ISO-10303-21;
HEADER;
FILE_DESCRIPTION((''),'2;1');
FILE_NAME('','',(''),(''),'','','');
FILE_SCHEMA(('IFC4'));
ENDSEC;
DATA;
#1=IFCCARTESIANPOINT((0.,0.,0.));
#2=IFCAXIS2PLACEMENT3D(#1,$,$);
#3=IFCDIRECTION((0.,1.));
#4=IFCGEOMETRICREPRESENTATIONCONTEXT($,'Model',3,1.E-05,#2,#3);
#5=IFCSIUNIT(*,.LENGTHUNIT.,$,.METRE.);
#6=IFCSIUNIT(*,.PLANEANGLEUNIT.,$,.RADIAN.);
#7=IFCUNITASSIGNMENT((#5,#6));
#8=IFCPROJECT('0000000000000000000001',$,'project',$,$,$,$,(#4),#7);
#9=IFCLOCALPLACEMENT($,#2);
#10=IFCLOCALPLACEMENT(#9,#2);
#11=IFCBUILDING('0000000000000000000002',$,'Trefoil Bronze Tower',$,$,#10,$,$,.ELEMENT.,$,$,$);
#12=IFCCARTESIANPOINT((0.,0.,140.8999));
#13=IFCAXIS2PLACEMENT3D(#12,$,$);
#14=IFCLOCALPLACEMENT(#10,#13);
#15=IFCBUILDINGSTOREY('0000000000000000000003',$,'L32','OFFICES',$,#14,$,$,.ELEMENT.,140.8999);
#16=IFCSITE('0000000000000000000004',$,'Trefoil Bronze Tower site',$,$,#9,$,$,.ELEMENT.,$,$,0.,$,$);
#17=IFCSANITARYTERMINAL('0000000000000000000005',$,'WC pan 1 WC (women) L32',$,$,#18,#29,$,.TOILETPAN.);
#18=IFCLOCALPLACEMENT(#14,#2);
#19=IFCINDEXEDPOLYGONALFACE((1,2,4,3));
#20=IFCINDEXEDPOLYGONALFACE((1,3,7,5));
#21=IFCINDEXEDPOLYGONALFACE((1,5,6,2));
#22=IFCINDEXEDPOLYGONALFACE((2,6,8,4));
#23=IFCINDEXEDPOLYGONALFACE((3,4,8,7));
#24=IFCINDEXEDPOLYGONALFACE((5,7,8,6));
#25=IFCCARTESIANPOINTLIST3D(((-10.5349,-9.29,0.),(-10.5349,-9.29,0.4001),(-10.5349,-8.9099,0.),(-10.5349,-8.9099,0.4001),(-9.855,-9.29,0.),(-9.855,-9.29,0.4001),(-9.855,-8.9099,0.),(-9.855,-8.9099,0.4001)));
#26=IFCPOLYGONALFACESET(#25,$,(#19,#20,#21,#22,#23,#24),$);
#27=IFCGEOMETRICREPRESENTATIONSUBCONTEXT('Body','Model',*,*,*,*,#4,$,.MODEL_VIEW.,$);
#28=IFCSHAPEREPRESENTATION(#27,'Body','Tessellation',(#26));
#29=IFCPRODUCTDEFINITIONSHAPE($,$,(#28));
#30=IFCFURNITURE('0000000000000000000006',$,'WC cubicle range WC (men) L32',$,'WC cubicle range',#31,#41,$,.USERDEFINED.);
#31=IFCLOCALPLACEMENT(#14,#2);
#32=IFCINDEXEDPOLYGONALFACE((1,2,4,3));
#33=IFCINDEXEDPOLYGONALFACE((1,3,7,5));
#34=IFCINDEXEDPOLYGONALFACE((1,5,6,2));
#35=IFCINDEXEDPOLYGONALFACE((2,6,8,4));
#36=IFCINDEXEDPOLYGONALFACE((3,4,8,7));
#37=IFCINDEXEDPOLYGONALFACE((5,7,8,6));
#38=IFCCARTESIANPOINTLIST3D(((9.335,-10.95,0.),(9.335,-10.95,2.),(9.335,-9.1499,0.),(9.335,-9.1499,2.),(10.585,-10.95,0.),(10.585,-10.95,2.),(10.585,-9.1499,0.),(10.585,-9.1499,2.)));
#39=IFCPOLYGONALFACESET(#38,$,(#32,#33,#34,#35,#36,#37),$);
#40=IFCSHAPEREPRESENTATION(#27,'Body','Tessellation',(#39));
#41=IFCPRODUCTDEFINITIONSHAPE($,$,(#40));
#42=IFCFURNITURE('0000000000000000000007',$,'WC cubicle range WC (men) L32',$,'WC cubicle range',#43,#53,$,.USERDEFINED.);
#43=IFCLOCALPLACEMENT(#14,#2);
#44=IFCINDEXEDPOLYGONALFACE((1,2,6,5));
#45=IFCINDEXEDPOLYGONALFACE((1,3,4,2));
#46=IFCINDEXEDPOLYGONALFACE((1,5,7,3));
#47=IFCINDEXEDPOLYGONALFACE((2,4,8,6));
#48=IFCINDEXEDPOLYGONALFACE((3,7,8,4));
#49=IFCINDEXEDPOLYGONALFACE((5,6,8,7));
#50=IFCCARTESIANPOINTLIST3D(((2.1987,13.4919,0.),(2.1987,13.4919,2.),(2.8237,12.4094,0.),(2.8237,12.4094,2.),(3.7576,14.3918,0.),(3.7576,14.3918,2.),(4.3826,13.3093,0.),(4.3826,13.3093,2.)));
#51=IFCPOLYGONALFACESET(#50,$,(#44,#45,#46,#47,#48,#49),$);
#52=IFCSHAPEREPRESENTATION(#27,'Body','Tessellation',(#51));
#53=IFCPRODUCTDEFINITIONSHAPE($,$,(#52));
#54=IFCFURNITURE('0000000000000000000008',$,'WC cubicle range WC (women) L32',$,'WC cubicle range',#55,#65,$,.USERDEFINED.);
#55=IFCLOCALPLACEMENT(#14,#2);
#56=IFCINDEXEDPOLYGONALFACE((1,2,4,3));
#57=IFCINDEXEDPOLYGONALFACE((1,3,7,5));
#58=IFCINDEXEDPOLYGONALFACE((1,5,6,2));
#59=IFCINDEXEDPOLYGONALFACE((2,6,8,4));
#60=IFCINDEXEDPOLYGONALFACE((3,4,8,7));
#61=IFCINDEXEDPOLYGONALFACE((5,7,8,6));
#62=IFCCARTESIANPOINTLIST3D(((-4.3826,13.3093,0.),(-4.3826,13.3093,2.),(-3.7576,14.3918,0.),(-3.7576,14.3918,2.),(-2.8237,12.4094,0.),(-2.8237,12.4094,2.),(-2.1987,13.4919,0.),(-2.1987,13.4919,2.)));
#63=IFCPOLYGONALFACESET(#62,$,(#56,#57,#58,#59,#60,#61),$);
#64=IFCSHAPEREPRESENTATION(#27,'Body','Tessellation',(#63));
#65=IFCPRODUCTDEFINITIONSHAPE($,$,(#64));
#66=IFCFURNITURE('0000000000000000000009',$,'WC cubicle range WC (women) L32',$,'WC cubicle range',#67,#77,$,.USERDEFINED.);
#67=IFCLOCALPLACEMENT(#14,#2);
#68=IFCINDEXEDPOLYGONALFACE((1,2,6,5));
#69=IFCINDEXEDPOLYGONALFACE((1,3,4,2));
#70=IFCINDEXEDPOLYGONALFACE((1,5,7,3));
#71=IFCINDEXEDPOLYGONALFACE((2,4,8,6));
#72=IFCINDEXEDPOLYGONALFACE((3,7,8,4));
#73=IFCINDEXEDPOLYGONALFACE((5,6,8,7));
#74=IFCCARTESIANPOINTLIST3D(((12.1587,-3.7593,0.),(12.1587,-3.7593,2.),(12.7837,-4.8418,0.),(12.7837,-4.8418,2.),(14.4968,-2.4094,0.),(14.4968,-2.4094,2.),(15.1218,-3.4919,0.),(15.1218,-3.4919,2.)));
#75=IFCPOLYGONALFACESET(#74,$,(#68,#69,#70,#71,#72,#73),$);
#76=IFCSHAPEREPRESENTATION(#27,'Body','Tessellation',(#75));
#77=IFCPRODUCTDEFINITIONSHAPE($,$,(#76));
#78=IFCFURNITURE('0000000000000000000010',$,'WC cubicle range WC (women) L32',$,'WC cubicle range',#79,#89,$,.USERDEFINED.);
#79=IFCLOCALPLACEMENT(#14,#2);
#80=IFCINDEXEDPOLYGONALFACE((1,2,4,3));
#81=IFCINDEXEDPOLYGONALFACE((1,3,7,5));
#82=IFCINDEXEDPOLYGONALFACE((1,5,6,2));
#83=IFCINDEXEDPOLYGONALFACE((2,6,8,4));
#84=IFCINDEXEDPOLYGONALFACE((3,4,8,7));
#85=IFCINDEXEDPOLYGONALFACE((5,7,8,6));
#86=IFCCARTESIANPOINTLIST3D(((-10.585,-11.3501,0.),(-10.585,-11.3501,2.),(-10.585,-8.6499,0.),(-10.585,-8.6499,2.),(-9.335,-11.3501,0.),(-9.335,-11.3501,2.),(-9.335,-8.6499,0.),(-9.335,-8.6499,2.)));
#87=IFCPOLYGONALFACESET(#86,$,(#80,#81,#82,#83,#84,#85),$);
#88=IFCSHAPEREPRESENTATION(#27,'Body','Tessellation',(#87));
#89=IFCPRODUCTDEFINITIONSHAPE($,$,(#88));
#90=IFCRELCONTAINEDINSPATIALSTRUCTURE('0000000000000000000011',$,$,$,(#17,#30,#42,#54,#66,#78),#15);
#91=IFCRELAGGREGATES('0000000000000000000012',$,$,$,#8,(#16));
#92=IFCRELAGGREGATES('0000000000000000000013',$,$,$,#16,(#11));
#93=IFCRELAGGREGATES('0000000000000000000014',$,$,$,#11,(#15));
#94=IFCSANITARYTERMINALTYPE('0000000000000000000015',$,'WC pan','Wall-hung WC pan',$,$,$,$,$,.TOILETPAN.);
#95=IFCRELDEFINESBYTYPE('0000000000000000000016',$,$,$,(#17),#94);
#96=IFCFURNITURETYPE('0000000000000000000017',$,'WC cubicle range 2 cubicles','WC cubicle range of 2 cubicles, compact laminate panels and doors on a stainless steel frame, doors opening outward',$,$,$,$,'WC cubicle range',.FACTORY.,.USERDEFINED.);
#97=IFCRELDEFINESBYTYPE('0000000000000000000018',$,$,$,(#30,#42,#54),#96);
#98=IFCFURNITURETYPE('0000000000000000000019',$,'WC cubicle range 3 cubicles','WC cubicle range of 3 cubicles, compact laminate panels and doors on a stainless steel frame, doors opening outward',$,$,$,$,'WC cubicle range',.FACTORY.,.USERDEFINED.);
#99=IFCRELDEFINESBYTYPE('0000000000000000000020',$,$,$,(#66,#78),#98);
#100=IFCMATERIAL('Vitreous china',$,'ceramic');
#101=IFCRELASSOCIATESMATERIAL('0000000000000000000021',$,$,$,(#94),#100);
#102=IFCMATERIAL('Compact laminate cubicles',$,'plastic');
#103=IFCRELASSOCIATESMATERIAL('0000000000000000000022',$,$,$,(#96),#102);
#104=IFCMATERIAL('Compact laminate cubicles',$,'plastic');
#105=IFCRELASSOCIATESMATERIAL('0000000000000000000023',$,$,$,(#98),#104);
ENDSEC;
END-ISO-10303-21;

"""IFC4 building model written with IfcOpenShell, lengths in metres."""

from ifc_helpers import new_model, si_unit, direction, frame, origin, place, context, subcontext, project, spatial, polyline, outline, extrude, material, type_object, element, save


model = new_model("IFC4")

# Units and contexts
model_context = context("Model", 3, precision=1e-05, world=origin(), true_north=direction((0.0, 1.0)))
body_context = subcontext(model_context, "Body", "Model", "MODEL_VIEW")
ifc_project = project(units=[si_unit("LENGTHUNIT", "METRE"), si_unit("PLANEANGLEUNIT", "RADIAN")], contexts=[model_context])

# Site, building, storey
site_placement = place(None, origin())
site = spatial("IfcSite", under=ifc_project, at=site_placement, Name="Trefoil Bronze Tower site", CompositionType="ELEMENT", RefElevation=0.0)
building_placement = place(site_placement, origin())
building = spatial("IfcBuilding", under=site, at=building_placement, Name="Trefoil Bronze Tower", CompositionType="ELEMENT")
storey_placement = place(building_placement, frame((0.0, 0.0, 140.8999)))
storey = spatial("IfcBuildingStorey", under=building, at=storey_placement, Name="L32", Description="OFFICES", CompositionType="ELEMENT", Elevation=140.8999)

# Sanitary terminal
ifc_material_1 = material(Name="Vitreous china", Category="ceramic")
sanitary_terminal_type_1 = type_object("IfcSanitaryTerminalType", Name="WC pan", Description="Wall-hung WC pan", PredefinedType="TOILETPAN", material=ifc_material_1)
sanitary_terminal_1_placement = place(storey_placement, origin())
element("IfcSanitaryTerminal", 1, at=sanitary_terminal_1_placement, inside=storey, type_object=sanitary_terminal_type_1, Name="WC pan 1 WC (women) L32", PredefinedType="TOILETPAN", context=body_context, shape_type="SweptSolid", body=[
    extrude(outline(polyline([(-9.855, -8.9099), (-10.5349, -8.9099), (-10.5349, -9.29), (-9.855, -9.29), (-9.855, -8.9099)])), origin(), (0.0, 0.0, 1.0), 0.4001),
])

# Furniture
ifc_material_2 = material(Name="Compact laminate cubicles", Category="plastic")
furniture_type_1 = type_object("IfcFurnitureType", Name="WC cubicle range 2 cubicles", Description="WC cubicle range of 2 cubicles, compact laminate panels and doors on a stainless steel frame, doors opening outward", ElementType="WC cubicle range", AssemblyPlace="FACTORY", PredefinedType="USERDEFINED", material=ifc_material_2)
furniture_1_placement = place(storey_placement, origin())
element("IfcFurniture", 2, at=furniture_1_placement, inside=storey, type_object=furniture_type_1, Name="WC cubicle range WC (men) L32", ObjectType="WC cubicle range", PredefinedType="USERDEFINED", context=body_context, shape_type="SweptSolid", body=[
    extrude(outline(polyline([(9.335, -9.1499), (10.585, -9.1499), (10.585, -10.95), (9.335, -10.95), (9.335, -9.1499)])), origin(), (0.0, 0.0, 1.0), 2.0),
])
furniture_2_placement = place(storey_placement, origin())
element("IfcFurniture", 3, at=furniture_2_placement, inside=storey, type_object=furniture_type_1, Name="WC cubicle range WC (men) L32", ObjectType="WC cubicle range", PredefinedType="USERDEFINED", context=body_context, shape_type="SweptSolid", body=[
    extrude(outline(polyline([(2.8237, 12.4094), (2.1987, 13.4919), (3.7576, 14.3918), (4.3826, 13.3093), (2.8237, 12.4094)])), origin(), (0.0, 0.0, 1.0), 2.0),
])
furniture_3_placement = place(storey_placement, origin())
element("IfcFurniture", 4, at=furniture_3_placement, inside=storey, type_object=furniture_type_1, Name="WC cubicle range WC (women) L32", ObjectType="WC cubicle range", PredefinedType="USERDEFINED", context=body_context, shape_type="SweptSolid", body=[
    extrude(outline(polyline([(-2.8237, 12.4094), (-2.1987, 13.4919), (-3.7576, 14.3918), (-4.3826, 13.3093), (-2.8237, 12.4094)])), origin(), (0.0, 0.0, 1.0), 2.0),
])
ifc_material_3 = material(Name="Compact laminate cubicles", Category="plastic")
furniture_type_2 = type_object("IfcFurnitureType", Name="WC cubicle range 3 cubicles", Description="WC cubicle range of 3 cubicles, compact laminate panels and doors on a stainless steel frame, doors opening outward", ElementType="WC cubicle range", AssemblyPlace="FACTORY", PredefinedType="USERDEFINED", material=ifc_material_3)
furniture_4_placement = place(storey_placement, origin())
element("IfcFurniture", 5, at=furniture_4_placement, inside=storey, type_object=furniture_type_2, Name="WC cubicle range WC (women) L32", ObjectType="WC cubicle range", PredefinedType="USERDEFINED", context=body_context, shape_type="SweptSolid", body=[
    extrude(outline(polyline([(12.1587, -3.7593), (12.7837, -4.8418), (15.1218, -3.4919), (14.4968, -2.4094), (12.1587, -3.7593)])), origin(), (0.0, 0.0, 1.0), 2.0),
])
furniture_5_placement = place(storey_placement, origin())
element("IfcFurniture", 6, at=furniture_5_placement, inside=storey, type_object=furniture_type_2, Name="WC cubicle range WC (women) L32", ObjectType="WC cubicle range", PredefinedType="USERDEFINED", context=body_context, shape_type="SweptSolid", body=[
    extrude(outline(polyline([(-9.335, -8.6499), (-10.585, -8.6499), (-10.585, -11.3501), (-9.335, -11.3501), (-9.335, -8.6499)])), origin(), (0.0, 0.0, 1.0), 2.0),
])

save(model, "model.ifc")
